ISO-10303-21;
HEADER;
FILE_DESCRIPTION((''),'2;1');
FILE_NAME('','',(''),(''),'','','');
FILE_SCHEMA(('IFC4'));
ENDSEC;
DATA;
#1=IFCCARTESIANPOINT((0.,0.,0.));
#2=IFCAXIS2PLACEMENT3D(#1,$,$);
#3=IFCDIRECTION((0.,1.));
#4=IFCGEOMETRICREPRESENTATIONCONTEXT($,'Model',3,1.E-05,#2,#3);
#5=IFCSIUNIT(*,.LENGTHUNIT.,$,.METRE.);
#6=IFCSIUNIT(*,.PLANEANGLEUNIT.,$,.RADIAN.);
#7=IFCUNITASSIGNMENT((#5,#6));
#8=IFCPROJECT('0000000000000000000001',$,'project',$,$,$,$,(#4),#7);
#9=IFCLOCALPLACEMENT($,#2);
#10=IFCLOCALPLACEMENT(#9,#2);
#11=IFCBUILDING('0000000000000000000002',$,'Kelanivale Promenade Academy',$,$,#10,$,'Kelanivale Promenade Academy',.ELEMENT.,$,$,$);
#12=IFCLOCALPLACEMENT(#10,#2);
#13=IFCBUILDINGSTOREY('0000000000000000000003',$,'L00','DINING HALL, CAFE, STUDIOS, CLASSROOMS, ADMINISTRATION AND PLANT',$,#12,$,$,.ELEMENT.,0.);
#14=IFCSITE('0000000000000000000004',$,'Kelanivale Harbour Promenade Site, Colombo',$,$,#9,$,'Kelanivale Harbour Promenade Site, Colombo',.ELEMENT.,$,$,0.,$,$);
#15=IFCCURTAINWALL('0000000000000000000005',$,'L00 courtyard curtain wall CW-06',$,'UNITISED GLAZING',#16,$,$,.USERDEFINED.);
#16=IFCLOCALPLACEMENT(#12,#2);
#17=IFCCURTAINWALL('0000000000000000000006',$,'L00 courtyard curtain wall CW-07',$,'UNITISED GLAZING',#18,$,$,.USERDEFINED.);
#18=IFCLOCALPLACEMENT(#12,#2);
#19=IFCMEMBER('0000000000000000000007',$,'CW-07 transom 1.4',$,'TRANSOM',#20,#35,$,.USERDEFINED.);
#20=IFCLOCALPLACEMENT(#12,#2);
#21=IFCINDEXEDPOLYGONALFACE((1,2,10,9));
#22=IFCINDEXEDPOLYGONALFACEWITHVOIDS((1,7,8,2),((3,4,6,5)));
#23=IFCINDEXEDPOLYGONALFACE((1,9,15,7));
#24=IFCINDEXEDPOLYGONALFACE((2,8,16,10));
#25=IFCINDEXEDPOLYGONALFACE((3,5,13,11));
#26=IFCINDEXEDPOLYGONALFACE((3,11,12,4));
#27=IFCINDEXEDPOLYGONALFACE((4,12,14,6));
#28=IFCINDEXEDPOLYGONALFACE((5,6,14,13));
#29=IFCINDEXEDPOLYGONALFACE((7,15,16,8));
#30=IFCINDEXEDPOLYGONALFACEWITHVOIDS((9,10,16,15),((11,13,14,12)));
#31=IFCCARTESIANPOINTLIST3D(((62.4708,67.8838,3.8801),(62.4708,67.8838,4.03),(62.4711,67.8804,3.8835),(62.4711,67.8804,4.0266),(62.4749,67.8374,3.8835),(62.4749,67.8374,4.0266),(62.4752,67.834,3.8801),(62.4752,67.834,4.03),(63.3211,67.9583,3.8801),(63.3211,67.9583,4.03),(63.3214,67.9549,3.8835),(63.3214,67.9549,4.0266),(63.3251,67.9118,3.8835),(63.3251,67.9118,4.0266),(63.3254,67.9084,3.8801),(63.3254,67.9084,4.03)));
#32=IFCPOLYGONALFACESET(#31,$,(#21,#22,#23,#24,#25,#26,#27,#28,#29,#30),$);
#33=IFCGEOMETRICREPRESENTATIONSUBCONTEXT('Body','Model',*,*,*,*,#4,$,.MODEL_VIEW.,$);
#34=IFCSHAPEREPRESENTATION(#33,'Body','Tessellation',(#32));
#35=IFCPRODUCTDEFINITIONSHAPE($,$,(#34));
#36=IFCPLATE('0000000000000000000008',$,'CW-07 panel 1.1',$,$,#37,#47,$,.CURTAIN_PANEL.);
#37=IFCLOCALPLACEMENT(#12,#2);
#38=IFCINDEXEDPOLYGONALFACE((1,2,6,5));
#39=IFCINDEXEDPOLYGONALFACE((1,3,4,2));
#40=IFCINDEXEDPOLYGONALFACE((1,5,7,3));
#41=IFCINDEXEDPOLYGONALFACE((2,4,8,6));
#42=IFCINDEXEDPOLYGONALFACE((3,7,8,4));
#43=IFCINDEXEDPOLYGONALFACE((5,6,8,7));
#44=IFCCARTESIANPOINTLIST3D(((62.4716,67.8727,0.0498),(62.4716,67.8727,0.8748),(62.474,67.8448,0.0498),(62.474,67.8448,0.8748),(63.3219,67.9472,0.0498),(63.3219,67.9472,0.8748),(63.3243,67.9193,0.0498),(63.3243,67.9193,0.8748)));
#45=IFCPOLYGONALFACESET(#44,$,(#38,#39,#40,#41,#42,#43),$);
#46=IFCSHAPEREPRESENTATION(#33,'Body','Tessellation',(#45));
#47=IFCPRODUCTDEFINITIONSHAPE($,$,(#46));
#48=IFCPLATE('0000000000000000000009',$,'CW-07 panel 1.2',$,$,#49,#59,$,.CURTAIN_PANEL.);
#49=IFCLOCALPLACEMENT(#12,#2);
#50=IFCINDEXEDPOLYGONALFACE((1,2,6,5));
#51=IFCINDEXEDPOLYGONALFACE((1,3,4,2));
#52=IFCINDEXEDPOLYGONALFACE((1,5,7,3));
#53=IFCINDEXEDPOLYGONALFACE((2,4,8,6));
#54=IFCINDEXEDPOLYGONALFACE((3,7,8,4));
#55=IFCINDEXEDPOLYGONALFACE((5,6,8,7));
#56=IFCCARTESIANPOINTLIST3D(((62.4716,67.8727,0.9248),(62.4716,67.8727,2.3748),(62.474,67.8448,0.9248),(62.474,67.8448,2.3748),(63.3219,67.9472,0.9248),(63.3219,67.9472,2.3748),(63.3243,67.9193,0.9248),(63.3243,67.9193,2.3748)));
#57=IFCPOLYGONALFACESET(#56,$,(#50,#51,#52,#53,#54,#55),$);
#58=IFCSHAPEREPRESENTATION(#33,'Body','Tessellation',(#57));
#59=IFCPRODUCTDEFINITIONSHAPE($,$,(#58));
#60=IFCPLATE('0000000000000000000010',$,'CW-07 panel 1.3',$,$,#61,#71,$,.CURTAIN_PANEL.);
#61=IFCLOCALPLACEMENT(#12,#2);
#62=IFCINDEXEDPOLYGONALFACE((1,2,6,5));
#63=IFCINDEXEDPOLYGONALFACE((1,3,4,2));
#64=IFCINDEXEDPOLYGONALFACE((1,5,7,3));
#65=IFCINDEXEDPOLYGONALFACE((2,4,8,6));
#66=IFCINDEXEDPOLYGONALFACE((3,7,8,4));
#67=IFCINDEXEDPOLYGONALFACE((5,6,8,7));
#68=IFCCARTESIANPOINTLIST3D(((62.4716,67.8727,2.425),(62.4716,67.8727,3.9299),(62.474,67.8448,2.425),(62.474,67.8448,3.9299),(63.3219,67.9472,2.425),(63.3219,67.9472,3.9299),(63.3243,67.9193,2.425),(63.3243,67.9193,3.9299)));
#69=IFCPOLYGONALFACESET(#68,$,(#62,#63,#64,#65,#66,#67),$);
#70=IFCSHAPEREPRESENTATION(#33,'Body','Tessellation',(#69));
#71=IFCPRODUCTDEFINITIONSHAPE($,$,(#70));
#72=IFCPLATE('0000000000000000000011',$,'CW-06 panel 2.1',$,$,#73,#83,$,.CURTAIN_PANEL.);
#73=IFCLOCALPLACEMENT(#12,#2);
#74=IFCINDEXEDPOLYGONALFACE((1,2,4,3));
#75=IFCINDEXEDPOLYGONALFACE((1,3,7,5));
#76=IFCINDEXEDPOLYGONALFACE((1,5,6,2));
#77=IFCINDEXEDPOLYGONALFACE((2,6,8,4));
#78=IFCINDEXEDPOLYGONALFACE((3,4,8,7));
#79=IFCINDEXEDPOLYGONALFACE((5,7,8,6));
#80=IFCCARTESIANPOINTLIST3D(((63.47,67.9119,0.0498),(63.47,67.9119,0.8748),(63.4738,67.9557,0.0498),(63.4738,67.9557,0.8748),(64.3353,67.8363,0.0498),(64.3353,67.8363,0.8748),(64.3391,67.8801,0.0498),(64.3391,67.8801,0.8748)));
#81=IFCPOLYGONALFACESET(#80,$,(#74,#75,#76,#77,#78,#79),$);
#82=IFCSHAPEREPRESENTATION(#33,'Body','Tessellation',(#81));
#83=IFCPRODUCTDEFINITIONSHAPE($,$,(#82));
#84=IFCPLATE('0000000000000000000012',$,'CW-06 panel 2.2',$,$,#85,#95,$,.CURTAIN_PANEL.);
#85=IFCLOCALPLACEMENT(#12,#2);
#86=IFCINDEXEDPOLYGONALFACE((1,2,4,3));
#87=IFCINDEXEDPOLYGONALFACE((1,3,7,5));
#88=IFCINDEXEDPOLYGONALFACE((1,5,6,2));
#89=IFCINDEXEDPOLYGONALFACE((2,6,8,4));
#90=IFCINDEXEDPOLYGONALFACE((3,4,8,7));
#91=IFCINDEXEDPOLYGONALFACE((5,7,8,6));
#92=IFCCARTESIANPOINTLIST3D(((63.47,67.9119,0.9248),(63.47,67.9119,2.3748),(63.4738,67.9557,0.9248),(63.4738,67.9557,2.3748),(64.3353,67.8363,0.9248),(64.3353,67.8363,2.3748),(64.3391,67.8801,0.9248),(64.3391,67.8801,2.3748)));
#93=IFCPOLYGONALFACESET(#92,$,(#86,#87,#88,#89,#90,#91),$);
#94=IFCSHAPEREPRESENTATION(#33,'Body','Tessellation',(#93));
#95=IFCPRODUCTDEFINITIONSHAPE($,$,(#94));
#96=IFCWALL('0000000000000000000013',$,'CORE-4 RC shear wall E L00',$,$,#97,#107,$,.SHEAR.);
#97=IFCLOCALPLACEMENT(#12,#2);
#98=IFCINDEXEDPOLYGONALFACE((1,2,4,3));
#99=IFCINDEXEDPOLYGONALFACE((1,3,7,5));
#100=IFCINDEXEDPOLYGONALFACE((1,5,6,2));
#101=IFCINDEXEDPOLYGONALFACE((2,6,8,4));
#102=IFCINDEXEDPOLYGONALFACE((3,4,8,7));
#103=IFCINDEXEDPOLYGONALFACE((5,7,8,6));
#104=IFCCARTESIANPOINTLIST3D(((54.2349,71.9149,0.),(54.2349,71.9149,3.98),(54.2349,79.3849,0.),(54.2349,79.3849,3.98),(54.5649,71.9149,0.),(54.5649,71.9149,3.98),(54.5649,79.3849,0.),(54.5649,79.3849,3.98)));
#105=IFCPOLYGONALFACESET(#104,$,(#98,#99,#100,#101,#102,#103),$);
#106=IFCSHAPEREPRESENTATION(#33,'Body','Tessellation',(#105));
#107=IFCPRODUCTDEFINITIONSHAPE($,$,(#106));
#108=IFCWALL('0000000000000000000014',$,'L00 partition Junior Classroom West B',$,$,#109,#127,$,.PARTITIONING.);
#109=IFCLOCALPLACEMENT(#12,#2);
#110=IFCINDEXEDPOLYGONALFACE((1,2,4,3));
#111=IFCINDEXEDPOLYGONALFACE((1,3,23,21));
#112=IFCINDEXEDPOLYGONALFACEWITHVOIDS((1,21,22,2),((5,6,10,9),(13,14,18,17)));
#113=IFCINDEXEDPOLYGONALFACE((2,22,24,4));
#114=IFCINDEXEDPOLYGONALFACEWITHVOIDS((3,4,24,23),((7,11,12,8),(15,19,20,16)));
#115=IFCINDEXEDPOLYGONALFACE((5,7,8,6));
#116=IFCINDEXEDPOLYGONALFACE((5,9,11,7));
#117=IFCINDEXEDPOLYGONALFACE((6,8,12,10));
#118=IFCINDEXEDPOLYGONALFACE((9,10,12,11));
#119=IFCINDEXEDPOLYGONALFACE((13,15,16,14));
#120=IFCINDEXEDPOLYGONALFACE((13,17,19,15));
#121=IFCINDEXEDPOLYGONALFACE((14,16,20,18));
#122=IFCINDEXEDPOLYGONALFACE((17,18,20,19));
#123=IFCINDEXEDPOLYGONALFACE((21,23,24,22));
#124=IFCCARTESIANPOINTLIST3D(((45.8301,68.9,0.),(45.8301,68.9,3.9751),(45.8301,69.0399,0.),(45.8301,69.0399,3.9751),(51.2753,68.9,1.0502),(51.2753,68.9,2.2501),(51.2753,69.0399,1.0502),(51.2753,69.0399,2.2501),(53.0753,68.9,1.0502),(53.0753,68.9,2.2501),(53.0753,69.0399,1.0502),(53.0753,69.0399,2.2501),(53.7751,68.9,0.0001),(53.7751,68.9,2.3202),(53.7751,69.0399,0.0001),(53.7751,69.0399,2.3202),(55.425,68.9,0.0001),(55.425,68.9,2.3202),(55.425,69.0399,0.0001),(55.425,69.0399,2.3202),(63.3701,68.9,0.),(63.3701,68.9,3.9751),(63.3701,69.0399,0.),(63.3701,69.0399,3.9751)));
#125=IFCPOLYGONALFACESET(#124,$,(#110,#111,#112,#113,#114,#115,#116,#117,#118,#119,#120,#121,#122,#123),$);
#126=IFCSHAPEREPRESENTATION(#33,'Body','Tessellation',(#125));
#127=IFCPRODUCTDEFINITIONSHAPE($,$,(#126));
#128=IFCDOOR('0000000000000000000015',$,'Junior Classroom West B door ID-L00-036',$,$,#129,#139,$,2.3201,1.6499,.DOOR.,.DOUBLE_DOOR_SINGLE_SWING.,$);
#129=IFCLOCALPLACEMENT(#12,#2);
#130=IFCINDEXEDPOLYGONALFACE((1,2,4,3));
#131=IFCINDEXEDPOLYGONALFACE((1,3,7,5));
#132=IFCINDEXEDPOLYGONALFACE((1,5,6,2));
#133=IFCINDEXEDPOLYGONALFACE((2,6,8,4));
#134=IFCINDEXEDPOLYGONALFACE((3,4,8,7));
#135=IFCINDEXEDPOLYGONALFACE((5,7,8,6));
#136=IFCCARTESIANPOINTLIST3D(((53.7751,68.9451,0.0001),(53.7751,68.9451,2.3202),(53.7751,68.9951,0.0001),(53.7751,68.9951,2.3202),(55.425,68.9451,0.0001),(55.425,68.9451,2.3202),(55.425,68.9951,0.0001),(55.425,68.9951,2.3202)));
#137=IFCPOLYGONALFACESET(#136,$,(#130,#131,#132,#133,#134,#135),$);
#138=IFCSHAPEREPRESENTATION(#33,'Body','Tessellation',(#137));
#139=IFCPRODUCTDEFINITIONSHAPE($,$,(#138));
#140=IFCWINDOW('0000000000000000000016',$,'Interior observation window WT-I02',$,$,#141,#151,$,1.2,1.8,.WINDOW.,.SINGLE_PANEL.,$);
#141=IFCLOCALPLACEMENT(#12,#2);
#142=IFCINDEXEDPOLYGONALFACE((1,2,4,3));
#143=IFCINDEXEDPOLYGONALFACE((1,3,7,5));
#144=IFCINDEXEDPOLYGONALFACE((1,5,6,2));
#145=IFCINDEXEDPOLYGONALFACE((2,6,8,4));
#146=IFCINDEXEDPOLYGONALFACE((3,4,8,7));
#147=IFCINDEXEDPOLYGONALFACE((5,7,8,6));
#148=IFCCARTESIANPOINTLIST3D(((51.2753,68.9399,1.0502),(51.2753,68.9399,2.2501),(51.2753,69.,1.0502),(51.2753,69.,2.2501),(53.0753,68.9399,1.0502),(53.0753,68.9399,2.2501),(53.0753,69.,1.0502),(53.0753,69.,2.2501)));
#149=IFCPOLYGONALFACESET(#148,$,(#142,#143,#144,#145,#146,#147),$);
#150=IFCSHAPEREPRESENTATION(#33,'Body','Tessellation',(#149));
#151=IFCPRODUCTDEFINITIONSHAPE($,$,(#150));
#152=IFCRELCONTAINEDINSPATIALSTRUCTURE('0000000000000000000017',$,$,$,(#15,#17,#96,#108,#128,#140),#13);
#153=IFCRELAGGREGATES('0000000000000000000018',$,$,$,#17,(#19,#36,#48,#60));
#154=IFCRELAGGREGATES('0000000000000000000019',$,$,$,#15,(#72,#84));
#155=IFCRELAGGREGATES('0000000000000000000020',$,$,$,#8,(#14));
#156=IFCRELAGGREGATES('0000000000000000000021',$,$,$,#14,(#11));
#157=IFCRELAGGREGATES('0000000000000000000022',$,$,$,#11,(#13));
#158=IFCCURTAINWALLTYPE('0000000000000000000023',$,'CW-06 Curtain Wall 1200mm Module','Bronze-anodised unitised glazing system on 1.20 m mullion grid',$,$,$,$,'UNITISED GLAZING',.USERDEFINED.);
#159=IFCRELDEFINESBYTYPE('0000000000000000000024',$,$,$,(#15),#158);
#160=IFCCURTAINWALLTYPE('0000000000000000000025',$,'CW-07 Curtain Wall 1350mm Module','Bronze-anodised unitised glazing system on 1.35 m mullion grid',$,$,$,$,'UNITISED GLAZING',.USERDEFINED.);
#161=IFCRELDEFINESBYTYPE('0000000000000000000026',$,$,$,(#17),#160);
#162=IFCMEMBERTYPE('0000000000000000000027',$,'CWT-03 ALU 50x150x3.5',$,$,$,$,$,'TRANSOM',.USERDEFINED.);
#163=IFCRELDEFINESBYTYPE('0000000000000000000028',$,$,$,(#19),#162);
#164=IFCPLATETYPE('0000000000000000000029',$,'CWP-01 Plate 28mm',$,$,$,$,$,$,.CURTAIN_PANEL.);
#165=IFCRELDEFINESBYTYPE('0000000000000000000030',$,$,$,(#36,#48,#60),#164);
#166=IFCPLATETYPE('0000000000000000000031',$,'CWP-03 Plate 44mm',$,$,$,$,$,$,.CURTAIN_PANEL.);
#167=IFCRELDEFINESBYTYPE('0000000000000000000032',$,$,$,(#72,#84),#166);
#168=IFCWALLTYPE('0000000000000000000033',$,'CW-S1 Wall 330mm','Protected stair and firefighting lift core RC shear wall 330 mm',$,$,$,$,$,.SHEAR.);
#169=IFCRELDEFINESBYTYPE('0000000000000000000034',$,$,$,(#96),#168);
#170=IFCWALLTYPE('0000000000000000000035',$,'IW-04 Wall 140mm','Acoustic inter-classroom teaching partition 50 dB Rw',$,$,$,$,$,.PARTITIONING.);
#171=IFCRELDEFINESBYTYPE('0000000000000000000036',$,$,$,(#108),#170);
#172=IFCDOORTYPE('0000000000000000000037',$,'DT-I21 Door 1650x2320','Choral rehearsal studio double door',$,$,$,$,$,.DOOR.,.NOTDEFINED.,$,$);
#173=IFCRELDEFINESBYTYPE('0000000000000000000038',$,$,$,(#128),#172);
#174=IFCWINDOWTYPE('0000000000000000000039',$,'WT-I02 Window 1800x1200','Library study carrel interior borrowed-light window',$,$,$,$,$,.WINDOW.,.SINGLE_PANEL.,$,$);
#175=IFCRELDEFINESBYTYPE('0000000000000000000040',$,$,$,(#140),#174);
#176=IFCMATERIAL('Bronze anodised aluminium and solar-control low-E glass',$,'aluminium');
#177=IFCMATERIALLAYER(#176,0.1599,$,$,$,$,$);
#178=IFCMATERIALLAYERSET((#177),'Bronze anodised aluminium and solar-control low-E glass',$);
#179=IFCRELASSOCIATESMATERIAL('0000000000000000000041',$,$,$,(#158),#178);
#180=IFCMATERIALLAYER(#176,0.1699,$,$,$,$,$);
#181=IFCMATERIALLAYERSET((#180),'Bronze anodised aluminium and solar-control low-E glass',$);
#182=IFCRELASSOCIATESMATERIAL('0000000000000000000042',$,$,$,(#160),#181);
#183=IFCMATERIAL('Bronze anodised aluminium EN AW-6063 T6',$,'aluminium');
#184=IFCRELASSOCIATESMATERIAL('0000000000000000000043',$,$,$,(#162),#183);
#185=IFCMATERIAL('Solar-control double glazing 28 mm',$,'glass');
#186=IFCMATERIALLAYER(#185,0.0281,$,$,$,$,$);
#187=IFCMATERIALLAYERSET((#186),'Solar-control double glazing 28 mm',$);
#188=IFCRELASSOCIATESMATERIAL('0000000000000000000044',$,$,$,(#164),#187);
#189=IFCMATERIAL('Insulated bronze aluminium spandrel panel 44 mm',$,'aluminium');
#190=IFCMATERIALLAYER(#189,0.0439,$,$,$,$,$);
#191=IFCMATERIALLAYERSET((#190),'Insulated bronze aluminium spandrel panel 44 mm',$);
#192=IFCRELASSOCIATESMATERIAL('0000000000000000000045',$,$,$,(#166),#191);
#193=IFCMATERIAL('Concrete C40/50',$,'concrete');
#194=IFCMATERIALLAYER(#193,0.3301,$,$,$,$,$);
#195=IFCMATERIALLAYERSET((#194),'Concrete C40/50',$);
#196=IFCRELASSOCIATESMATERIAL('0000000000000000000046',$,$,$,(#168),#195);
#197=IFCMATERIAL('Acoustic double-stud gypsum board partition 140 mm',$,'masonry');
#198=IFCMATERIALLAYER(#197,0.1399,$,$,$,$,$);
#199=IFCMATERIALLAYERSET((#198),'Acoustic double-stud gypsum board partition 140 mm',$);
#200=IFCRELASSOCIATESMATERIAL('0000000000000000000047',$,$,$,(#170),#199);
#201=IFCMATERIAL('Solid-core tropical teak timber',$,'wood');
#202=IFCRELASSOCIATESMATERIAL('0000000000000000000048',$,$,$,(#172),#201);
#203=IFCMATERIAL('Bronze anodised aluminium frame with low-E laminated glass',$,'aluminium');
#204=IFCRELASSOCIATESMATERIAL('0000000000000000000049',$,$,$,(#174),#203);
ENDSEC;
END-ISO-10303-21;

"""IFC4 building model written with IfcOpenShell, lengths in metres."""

from ifc_helpers import new_model, si_unit, direction, frame, frame_2d, origin, origin_2d, place, context, subcontext, project, spatial, rectangle, hollow_rectangle, extrude, material, layer, layer_set, material_profile, profile_set, type_object, element, fill, aggregate, save


model = new_model("IFC4")

# Units and contexts
model_context = context("Model", 3, precision=1e-05, world=origin(), true_north=direction((0.0, 1.0)))
body_context = subcontext(model_context, "Body", "Model", "MODEL_VIEW")
ifc_project = project(units=[si_unit("LENGTHUNIT", "METRE"), si_unit("PLANEANGLEUNIT", "RADIAN")], contexts=[model_context])

# Site, building, storey
site_placement = place(None, origin())
site = spatial("IfcSite", under=ifc_project, at=site_placement, Name="Kelanivale Harbour Promenade Site, Colombo", LongName="Kelanivale Harbour Promenade Site, Colombo", CompositionType="ELEMENT", RefElevation=0.0)
building_placement = place(site_placement, origin())
building = spatial("IfcBuilding", under=site, at=building_placement, Name="Kelanivale Promenade Academy", LongName="Kelanivale Promenade Academy", CompositionType="ELEMENT")
storey_placement = place(building_placement, origin())
storey = spatial("IfcBuildingStorey", under=building, at=storey_placement, Name="L00", Description="DINING HALL, CAFE, STUDIOS, CLASSROOMS, ADMINISTRATION AND PLANT", CompositionType="ELEMENT", Elevation=0.0)

# Shared definitions
ifc_material_1 = material(Name="Concrete C40/50", Category="concrete")

# Curtain wall
ifc_material_2 = material(Name="Bronze anodised aluminium and solar-control low-E glass", Category="aluminium")
ifc_layer_1 = layer(ifc_material_2, 0.1599)
ifc_layer_set_1 = layer_set([ifc_layer_1], Name="Bronze anodised aluminium and solar-control low-E glass")
curtain_wall_type_1 = type_object("IfcCurtainWallType", Name="CW-06 Curtain Wall 1200mm Module", Description="Bronze-anodised unitised glazing system on 1.20 m mullion grid", ElementType="UNITISED GLAZING", PredefinedType="USERDEFINED", material=ifc_layer_set_1)
curtain_wall_1_placement = place(storey_placement, origin())
curtain_wall_1 = element("IfcCurtainWall", 1, at=curtain_wall_1_placement, inside=storey, type_object=curtain_wall_type_1, Name="L00 courtyard curtain wall CW-06", ObjectType="UNITISED GLAZING", PredefinedType="USERDEFINED")
ifc_material_3 = material(Name="Bronze anodised aluminium EN AW-6063 T6", Category="aluminium")

# Curtain wall, member, plates
ifc_layer_2 = layer(ifc_material_2, 0.1699)
ifc_layer_set_2 = layer_set([ifc_layer_2], Name="Bronze anodised aluminium and solar-control low-E glass")
curtain_wall_type_2 = type_object("IfcCurtainWallType", Name="CW-07 Curtain Wall 1350mm Module", Description="Bronze-anodised unitised glazing system on 1.35 m mullion grid", ElementType="UNITISED GLAZING", PredefinedType="USERDEFINED", material=ifc_layer_set_2)
curtain_wall_2_placement = place(storey_placement, origin())
curtain_wall_2 = element("IfcCurtainWall", 2, at=curtain_wall_2_placement, inside=storey, type_object=curtain_wall_type_2, Name="L00 courtyard curtain wall CW-07", ObjectType="UNITISED GLAZING", PredefinedType="USERDEFINED")
ifc_material_profile_1 = material_profile(ifc_material_3, hollow_rectangle(XDim=0.05, YDim=0.1499, WallThickness=0.0034, at=origin_2d()), Name="ALU 50x150x3.5")
ifc_profile_set_1 = profile_set([ifc_material_profile_1], Name="Bronze anodised aluminium EN AW-6063 T6")
member_type_1 = type_object("IfcMemberType", Name="CWT-03 ALU 50x150x3.5", ElementType="TRANSOM", PredefinedType="USERDEFINED", material=ifc_profile_set_1)
member_1_placement = place(storey_placement, frame((63.3232, 67.9333, 3.9551), z_axis=(-0.996188, -0.087234, 0.0), x_axis=(0.087234, -0.996188, 0.0)))
member_1 = element("IfcMember", 3, at=member_1_placement, type_object=member_type_1, Name="CW-07 transom 1.4", ObjectType="TRANSOM", PredefinedType="USERDEFINED", context=body_context, shape_type="SweptSolid", body=[
    extrude(hollow_rectangle(XDim=0.05, YDim=0.1499, WallThickness=0.0034, at=origin_2d()), origin(), (0.0, 0.0, 1.0), 0.8535),
])
ifc_material_4 = material(Name="Solar-control double glazing 28 mm", Category="glass")
ifc_layer_3 = layer(ifc_material_4, 0.0281)
ifc_layer_set_3 = layer_set([ifc_layer_3], Name="Solar-control double glazing 28 mm")
plate_type_1 = type_object("IfcPlateType", Name="CWP-01 Plate 28mm", PredefinedType="CURTAIN_PANEL", material=ifc_layer_set_3)
plate_1_placement = place(storey_placement, frame((62.8979, 67.896, 0.0498), z_axis=(0.0, 0.0, 1.0), x_axis=(-0.996185, -0.087265, 0.0)))
plate_1 = element("IfcPlate", 4, at=plate_1_placement, type_object=plate_type_1, Name="CW-07 panel 1.1", PredefinedType="CURTAIN_PANEL", context=body_context, shape_type="SweptSolid", body=[
    extrude(rectangle(XDim=0.8535, YDim=0.0281, at=origin_2d()), origin(), (0.0, 0.0, 1.0), 0.825),
])
plate_2_placement = place(storey_placement, frame((62.8979, 67.896, 0.9248), z_axis=(0.0, 0.0, 1.0), x_axis=(-0.996185, -0.087265, 0.0)))
plate_2 = element("IfcPlate", 5, at=plate_2_placement, type_object=plate_type_1, Name="CW-07 panel 1.2", PredefinedType="CURTAIN_PANEL", context=body_context, shape_type="SweptSolid", body=[
    extrude(rectangle(XDim=0.8535, YDim=0.0281, at=origin_2d()), origin(), (0.0, 0.0, 1.0), 1.45),
])
plate_3_placement = place(storey_placement, frame((62.8979, 67.896, 2.425), z_axis=(0.0, 0.0, 1.0), x_axis=(-0.996185, -0.087265, 0.0)))
plate_3 = element("IfcPlate", 6, at=plate_3_placement, type_object=plate_type_1, Name="CW-07 panel 1.3", PredefinedType="CURTAIN_PANEL", context=body_context, shape_type="SweptSolid", body=[
    extrude(rectangle(XDim=0.8535, YDim=0.0281, at=origin_2d()), origin(), (0.0, 0.0, 1.0), 1.5049),
])
aggregate(curtain_wall_2, [member_1, plate_1, plate_2, plate_3])

# Plates
ifc_material_5 = material(Name="Insulated bronze aluminium spandrel panel 44 mm", Category="aluminium")
ifc_layer_4 = layer(ifc_material_5, 0.0439)
ifc_layer_set_4 = layer_set([ifc_layer_4], Name="Insulated bronze aluminium spandrel panel 44 mm")
plate_type_2 = type_object("IfcPlateType", Name="CWP-03 Plate 44mm", PredefinedType="CURTAIN_PANEL", material=ifc_layer_set_4)
plate_4_placement = place(storey_placement, frame((63.9045, 67.896, 0.0498), z_axis=(0.0, 0.0, 1.0), x_axis=(-0.996199, 0.087102, 0.0)))
plate_4 = element("IfcPlate", 7, at=plate_4_placement, type_object=plate_type_2, Name="CW-06 panel 2.1", PredefinedType="CURTAIN_PANEL", context=body_context, shape_type="SweptSolid", body=[
    extrude(rectangle(XDim=0.8687, YDim=0.0439, at=origin_2d()), origin(), (0.0, 0.0, 1.0), 0.825),
])
plate_5_placement = place(storey_placement, frame((63.9045, 67.896, 0.9248), z_axis=(0.0, 0.0, 1.0), x_axis=(-0.996199, 0.087102, 0.0)))
plate_5 = element("IfcPlate", 8, at=plate_5_placement, type_object=plate_type_2, Name="CW-06 panel 2.2", PredefinedType="CURTAIN_PANEL", context=body_context, shape_type="SweptSolid", body=[
    extrude(rectangle(XDim=0.8687, YDim=0.0439, at=origin_2d()), origin(), (0.0, 0.0, 1.0), 1.45),
])
aggregate(curtain_wall_1, [plate_4, plate_5])

# Wall
ifc_layer_5 = layer(ifc_material_1, 0.3301)
ifc_layer_set_5 = layer_set([ifc_layer_5], Name="Concrete C40/50")
wall_type_1 = type_object("IfcWallType", Name="CW-S1 Wall 330mm", Description="Protected stair and firefighting lift core RC shear wall 330 mm", PredefinedType="SHEAR", material=ifc_layer_set_5)
wall_1_placement = place(storey_placement, frame((54.3999, 71.915, 0.0), z_axis=(0.0, 0.0, 1.0), x_axis=(0.0, 1.0, 0.0)))
element("IfcWall", 9, at=wall_1_placement, inside=storey, type_object=wall_type_1, Name="CORE-4 RC shear wall E L00", PredefinedType="SHEAR", context=body_context, shape_type="SweptSolid", body=[
    extrude(rectangle(XDim=7.47, YDim=0.3301, at=frame_2d((3.7349, 0.0))), origin(), (0.0, 0.0, 1.0), 3.98),
])

# Wall, openings, door, window
ifc_material_6 = material(Name="Acoustic double-stud gypsum board partition 140 mm", Category="masonry")
ifc_layer_6 = layer(ifc_material_6, 0.1399)
ifc_layer_set_6 = layer_set([ifc_layer_6], Name="Acoustic double-stud gypsum board partition 140 mm")
wall_type_2 = type_object("IfcWallType", Name="IW-04 Wall 140mm", Description="Acoustic inter-classroom teaching partition 50 dB Rw", PredefinedType="PARTITIONING", material=ifc_layer_set_6)
wall_2_placement = place(storey_placement, frame((63.3701, 68.97, 0.0), z_axis=(0.0, 0.0, 1.0), x_axis=(-1.0, 0.0, 0.0)))
wall_2 = element("IfcWall", 10, at=wall_2_placement, inside=storey, type_object=wall_type_2, Name="L00 partition Junior Classroom West B", PredefinedType="PARTITIONING", context=body_context, shape_type="SweptSolid", body=[
    extrude(rectangle(XDim=17.54, YDim=0.1399, at=frame_2d((8.77, 0.0))), origin(), (0.0, 0.0, 1.0), 3.9751),
])
opening_1_placement = place(wall_2_placement, frame((7.9451, 0.0, 0.0)))
opening_1 = element("IfcOpeningElement", 11, at=opening_1_placement, cuts=wall_2, PredefinedType="OPENING", context=body_context, shape_type="SweptSolid", body=[
    extrude(rectangle(XDim=1.6499, YDim=2.3201, at=frame_2d((0.825, 1.1602))), frame((0.0, 0.0801, 0.0), z_axis=(0.0, -1.0, 0.0), x_axis=(1.0, 0.0, 0.0)), (0.0, 0.0, 1.0), 0.1599),
])
opening_2_placement = place(wall_2_placement, frame((10.2949, 0.0, 1.05)))
opening_2 = element("IfcOpeningElement", 12, at=opening_2_placement, cuts=wall_2, PredefinedType="OPENING", context=body_context, shape_type="SweptSolid", body=[
    extrude(rectangle(XDim=1.8, YDim=1.2, at=frame_2d((0.8999, 0.6001))), frame((0.0, 0.0801, 0.0), z_axis=(0.0, -1.0, 0.0), x_axis=(1.0, 0.0, 0.0)), (0.0, 0.0, 1.0), 0.1599),
])
ifc_material_7 = material(Name="Solid-core tropical teak timber", Category="wood")
door_type = type_object("IfcDoorType", Name="DT-I21 Door 1650x2320", Description="Choral rehearsal studio double door", OperationType="NOTDEFINED", PredefinedType="DOOR", material=ifc_material_7)
door_placement = place(opening_1_placement, origin())
door = element("IfcDoor", 13, at=door_placement, inside=storey, type_object=door_type, Name="Junior Classroom West B door ID-L00-036", OperationType="DOUBLE_DOOR_SINGLE_SWING", OverallHeight=2.3201, OverallWidth=1.6499, PredefinedType="DOOR", context=body_context, shape_type="SweptSolid", body=[
    extrude(rectangle(XDim=1.6499, YDim=2.3201, at=frame_2d((0.825, 1.1602))), frame((0.0, 0.0249, 0.0), z_axis=(0.0, -1.0, 0.0), x_axis=(1.0, 0.0, 0.0)), (0.0, 0.0, 1.0), 0.05),
])
fill(opening_1, door)
ifc_material_8 = material(Name="Bronze anodised aluminium frame with low-E laminated glass", Category="aluminium")
window_type = type_object("IfcWindowType", Name="WT-I02 Window 1800x1200", Description="Library study carrel interior borrowed-light window", PartitioningType="SINGLE_PANEL", PredefinedType="WINDOW", material=ifc_material_8)
window_placement = place(opening_2_placement, origin())
window = element("IfcWindow", 14, at=window_placement, inside=storey, type_object=window_type, Name="Interior observation window WT-I02", OverallHeight=1.2, OverallWidth=1.8, PartitioningType="SINGLE_PANEL", PredefinedType="WINDOW", context=body_context, shape_type="SweptSolid", body=[
    extrude(rectangle(XDim=1.8, YDim=1.2, at=frame_2d((0.8999, 0.6001))), frame((0.0, 0.03, 0.0), z_axis=(0.0, -1.0, 0.0), x_axis=(1.0, 0.0, 0.0)), (0.0, 0.0, 1.0), 0.0601),
])
fill(opening_2, window)

save(model, "model.ifc")
